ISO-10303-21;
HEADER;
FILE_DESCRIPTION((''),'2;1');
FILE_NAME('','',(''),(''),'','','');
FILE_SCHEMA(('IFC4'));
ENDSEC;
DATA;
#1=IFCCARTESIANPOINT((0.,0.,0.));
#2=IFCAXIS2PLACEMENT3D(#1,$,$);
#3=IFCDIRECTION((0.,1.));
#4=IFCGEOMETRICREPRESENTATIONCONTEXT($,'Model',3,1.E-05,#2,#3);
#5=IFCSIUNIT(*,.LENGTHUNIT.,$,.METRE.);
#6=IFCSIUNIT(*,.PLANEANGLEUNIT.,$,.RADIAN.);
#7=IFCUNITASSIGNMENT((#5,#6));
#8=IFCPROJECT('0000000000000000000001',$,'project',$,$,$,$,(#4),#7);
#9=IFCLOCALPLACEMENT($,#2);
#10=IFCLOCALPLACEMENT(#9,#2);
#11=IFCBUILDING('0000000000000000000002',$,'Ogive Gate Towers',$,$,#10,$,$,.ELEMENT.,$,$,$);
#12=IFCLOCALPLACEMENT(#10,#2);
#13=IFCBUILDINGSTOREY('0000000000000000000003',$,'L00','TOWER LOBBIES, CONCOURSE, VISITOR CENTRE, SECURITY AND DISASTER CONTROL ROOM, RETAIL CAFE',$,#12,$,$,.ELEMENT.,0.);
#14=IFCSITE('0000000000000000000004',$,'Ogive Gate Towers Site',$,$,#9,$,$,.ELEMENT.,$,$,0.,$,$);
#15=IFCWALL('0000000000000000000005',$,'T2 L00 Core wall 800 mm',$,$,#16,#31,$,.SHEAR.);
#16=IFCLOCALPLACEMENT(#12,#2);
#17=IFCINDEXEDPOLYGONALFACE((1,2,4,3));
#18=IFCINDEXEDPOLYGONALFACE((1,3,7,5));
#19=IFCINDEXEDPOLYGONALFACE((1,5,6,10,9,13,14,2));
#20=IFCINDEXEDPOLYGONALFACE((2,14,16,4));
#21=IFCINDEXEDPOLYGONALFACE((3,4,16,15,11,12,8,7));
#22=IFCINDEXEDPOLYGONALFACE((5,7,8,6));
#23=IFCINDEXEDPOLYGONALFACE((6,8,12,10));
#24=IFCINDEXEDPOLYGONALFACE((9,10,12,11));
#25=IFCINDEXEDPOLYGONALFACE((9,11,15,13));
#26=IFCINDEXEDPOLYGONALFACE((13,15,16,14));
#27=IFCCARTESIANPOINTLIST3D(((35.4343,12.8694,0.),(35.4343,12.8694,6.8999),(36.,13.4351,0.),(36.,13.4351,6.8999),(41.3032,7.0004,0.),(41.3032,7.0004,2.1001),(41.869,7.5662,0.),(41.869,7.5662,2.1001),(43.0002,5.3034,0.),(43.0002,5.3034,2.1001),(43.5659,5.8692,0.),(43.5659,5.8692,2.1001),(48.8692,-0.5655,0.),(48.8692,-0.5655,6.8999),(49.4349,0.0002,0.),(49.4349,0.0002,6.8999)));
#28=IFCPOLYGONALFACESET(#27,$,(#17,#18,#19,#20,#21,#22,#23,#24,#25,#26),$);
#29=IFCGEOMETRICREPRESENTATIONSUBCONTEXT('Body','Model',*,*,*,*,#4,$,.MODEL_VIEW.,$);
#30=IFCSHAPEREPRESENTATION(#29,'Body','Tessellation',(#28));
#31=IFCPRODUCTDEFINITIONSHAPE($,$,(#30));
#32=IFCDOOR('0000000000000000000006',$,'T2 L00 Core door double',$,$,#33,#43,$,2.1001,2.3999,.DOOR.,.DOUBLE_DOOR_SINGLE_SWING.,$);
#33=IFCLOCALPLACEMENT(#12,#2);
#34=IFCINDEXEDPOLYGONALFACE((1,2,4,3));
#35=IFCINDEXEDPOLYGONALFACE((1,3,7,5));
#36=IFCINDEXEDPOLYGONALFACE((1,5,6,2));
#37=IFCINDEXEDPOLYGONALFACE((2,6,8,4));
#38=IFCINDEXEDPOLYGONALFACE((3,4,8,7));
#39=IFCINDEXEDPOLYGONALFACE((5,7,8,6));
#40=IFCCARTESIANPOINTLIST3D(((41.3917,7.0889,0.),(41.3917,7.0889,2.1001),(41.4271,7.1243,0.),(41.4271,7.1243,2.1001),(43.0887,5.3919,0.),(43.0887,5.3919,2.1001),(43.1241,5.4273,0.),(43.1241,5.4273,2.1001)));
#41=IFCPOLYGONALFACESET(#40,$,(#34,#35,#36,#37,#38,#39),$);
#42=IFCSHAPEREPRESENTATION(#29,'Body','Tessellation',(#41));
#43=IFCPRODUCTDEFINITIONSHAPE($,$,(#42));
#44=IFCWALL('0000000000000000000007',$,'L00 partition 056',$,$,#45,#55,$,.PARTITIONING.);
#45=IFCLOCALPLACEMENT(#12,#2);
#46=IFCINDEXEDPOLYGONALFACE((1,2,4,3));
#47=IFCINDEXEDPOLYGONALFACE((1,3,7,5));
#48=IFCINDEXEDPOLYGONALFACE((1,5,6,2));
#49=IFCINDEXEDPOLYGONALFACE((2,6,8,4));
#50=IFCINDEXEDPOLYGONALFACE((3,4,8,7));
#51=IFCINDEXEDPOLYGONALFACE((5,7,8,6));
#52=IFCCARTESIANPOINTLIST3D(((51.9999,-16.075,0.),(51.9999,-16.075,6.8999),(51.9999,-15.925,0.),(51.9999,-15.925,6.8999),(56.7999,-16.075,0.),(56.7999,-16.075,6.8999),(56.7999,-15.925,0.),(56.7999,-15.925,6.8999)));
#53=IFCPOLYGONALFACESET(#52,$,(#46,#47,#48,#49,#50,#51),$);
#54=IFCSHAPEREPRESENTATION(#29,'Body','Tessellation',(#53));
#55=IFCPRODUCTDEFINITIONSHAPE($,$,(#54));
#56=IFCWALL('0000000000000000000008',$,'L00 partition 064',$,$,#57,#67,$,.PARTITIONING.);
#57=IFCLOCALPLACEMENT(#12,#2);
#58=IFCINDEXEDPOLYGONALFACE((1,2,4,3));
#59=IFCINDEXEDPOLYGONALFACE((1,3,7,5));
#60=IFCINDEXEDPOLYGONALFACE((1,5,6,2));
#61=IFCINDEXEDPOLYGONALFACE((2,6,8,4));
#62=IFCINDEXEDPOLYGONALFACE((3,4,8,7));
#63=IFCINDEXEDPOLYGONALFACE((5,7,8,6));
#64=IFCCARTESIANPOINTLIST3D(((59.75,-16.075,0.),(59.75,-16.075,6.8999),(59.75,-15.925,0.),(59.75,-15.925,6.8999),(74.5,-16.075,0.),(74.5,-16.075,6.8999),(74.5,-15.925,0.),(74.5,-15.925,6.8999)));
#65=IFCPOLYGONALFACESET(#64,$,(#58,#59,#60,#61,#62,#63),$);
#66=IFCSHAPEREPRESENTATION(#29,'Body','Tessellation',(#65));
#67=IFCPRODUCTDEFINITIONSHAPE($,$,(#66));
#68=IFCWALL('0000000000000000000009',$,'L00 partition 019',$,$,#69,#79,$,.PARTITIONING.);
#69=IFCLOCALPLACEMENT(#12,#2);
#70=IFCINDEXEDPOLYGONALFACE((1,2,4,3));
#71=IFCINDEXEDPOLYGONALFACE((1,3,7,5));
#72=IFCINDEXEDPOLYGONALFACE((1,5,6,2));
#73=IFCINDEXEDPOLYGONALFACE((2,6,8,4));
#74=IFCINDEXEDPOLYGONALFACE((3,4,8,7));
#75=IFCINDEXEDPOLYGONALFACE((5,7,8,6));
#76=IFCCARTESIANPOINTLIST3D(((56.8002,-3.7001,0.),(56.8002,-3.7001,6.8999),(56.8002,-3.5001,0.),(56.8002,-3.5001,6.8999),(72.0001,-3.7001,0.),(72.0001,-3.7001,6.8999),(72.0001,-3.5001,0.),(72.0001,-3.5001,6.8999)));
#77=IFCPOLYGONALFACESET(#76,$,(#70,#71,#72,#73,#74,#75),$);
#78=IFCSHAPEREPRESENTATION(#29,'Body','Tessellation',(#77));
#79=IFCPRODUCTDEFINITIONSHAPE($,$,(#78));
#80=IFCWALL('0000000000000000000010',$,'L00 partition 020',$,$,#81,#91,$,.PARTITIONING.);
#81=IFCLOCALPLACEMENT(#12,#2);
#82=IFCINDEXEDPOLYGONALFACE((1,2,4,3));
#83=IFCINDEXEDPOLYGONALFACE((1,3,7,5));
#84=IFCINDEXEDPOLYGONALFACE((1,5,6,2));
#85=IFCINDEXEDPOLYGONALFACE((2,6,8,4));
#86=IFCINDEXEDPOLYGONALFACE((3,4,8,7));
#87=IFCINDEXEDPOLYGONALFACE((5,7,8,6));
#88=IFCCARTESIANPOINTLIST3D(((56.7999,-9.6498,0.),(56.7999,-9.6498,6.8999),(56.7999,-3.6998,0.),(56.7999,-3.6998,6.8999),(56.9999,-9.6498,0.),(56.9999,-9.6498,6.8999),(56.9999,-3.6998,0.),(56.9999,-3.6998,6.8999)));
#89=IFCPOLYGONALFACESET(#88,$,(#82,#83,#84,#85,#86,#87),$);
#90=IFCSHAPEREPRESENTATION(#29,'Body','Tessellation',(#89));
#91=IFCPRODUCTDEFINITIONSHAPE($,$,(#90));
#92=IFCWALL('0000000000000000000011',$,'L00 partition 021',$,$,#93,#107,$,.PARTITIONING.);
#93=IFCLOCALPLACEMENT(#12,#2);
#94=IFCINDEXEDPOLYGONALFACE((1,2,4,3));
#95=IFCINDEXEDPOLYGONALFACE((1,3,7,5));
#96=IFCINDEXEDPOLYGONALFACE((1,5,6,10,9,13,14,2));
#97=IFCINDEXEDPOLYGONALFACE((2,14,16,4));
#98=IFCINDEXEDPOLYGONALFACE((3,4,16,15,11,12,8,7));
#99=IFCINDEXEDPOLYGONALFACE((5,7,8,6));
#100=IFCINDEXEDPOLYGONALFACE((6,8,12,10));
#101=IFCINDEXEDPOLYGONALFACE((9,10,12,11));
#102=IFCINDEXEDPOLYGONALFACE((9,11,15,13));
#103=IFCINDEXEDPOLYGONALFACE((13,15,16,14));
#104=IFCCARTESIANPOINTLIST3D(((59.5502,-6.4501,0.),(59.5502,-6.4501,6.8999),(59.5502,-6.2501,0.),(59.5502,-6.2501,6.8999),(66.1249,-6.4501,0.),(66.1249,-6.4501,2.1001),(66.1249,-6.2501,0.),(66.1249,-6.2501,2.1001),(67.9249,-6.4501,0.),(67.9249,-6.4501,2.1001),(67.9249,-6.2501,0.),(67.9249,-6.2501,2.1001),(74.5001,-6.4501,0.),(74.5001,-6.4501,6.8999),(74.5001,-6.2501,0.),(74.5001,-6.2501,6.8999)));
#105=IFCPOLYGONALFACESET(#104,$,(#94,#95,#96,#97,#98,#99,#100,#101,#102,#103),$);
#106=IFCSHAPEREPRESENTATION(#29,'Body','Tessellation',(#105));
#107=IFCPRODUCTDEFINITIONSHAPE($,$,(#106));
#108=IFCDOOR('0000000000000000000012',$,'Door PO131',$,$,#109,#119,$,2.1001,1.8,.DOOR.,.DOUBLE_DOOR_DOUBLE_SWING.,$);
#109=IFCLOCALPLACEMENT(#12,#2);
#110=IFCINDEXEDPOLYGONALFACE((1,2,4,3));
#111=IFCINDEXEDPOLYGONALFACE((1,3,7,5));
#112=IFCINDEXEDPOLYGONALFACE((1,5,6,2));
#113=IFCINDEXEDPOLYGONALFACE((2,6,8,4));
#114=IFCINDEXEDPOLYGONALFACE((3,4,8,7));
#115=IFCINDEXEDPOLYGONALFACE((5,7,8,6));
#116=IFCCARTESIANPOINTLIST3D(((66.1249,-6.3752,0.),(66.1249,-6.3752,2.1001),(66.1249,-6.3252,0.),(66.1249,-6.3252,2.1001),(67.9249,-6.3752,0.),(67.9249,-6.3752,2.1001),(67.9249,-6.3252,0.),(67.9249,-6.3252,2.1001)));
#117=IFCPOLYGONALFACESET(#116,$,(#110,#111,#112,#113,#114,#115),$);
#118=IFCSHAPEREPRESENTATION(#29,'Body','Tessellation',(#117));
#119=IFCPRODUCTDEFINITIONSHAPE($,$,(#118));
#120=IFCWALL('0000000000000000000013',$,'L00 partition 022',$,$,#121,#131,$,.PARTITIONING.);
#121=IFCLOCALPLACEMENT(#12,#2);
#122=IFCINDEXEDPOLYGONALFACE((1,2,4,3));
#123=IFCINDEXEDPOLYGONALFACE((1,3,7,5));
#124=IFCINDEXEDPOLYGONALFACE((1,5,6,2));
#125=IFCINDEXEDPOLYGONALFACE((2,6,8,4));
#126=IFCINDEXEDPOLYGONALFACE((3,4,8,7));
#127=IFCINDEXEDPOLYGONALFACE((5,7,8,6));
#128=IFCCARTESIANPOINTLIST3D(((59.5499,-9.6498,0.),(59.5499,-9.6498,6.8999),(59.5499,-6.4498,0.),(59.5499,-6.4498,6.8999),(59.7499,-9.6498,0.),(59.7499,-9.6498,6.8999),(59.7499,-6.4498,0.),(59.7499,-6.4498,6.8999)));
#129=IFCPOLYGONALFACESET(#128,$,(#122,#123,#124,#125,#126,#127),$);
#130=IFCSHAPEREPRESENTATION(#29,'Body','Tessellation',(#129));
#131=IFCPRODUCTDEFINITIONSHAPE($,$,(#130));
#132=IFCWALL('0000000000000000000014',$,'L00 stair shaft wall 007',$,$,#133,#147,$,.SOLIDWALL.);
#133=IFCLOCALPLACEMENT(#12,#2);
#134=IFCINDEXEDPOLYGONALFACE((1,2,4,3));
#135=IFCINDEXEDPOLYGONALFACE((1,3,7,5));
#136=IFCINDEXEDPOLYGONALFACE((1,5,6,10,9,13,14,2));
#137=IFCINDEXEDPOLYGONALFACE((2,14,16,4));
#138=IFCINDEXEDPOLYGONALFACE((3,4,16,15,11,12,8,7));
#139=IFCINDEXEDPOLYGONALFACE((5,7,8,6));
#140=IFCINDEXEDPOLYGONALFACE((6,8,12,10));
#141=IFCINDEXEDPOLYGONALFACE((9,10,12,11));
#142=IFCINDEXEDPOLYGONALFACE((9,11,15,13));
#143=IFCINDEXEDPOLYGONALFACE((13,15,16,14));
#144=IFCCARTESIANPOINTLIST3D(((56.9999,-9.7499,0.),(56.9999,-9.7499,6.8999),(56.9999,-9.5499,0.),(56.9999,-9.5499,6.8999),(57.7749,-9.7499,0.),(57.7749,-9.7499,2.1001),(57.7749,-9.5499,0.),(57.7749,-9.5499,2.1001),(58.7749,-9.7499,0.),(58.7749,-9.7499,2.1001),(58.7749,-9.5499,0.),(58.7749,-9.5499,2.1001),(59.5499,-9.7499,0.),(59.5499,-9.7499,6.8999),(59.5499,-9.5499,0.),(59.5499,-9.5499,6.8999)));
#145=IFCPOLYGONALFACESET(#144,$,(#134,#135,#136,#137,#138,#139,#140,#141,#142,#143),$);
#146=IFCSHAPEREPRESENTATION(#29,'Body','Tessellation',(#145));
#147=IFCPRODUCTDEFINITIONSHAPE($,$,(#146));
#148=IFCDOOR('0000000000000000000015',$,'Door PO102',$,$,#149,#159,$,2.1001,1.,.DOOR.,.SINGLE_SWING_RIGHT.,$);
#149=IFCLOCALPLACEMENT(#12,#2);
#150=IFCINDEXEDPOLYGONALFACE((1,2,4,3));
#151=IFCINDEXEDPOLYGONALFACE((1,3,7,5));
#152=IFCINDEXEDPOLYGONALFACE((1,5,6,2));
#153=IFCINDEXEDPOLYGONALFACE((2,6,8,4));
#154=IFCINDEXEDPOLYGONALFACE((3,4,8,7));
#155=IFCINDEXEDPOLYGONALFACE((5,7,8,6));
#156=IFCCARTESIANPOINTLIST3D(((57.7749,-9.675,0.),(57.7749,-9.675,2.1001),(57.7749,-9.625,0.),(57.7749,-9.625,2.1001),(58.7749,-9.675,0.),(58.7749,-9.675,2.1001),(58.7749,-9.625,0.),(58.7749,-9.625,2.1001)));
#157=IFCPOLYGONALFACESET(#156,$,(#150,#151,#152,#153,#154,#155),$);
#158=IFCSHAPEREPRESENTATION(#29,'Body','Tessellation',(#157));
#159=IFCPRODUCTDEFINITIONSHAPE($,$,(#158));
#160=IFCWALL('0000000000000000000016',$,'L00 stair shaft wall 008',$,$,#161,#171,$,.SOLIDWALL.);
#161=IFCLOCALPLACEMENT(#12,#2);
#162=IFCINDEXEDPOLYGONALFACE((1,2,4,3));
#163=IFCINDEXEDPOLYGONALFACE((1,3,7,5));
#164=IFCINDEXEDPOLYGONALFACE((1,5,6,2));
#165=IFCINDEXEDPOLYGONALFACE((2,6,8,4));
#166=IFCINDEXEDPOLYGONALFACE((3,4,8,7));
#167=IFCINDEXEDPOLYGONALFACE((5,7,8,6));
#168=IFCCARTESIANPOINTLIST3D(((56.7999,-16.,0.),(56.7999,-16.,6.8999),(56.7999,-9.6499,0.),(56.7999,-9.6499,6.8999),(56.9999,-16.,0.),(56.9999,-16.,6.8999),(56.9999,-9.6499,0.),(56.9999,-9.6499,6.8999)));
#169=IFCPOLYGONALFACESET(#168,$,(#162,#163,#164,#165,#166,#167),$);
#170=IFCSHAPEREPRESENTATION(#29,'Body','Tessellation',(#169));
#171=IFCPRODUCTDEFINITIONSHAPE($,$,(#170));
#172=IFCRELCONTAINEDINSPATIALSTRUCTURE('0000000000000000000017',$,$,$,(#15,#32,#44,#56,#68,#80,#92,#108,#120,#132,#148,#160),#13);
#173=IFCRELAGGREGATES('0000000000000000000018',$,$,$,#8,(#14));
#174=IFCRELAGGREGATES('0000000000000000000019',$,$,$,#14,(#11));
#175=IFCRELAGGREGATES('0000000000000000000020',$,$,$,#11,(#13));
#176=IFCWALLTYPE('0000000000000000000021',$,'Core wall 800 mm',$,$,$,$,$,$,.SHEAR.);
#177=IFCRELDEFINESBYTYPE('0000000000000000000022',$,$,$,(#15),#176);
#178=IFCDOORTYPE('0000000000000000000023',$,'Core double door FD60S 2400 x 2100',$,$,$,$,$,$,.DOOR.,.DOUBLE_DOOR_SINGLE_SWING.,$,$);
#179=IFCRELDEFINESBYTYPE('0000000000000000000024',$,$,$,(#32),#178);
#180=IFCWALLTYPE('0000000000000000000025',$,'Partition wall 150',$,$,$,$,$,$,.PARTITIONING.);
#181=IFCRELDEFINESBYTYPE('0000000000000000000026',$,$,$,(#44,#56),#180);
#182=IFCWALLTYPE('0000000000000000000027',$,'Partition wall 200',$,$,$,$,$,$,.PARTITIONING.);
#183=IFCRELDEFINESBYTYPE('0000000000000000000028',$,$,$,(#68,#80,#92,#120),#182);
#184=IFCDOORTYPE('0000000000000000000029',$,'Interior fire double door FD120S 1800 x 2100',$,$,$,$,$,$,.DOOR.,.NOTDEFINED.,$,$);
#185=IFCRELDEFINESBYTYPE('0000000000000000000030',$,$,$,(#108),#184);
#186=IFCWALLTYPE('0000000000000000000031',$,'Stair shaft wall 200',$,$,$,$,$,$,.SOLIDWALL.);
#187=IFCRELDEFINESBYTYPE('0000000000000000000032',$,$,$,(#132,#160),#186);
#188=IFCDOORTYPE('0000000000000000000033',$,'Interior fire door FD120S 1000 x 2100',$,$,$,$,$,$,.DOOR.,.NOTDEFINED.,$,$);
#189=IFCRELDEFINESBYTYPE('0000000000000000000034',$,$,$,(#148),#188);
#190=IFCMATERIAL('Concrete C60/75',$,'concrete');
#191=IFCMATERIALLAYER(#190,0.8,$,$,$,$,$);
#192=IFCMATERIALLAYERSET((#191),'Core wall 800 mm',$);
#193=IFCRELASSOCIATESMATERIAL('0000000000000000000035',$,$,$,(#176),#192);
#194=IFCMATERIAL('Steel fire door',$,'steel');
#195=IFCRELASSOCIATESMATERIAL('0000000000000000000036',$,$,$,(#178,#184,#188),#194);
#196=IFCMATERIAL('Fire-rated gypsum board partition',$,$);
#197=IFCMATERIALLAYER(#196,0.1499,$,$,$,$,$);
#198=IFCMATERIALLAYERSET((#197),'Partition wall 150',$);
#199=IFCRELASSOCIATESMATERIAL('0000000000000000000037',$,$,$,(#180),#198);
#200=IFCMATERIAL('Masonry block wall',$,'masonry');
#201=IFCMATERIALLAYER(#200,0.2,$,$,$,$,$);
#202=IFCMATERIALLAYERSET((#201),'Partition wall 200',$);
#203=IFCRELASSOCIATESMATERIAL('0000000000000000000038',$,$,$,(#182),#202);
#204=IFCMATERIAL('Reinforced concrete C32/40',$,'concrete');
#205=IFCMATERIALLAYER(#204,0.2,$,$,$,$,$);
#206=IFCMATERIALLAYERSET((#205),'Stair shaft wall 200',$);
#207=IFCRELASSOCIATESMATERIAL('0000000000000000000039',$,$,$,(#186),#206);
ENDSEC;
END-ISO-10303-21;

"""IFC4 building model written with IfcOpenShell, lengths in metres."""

from ifc_helpers import new_model, si_unit, direction, frame, frame_2d, origin, place, context, subcontext, project, spatial, rectangle, extrude, material, layer, layer_set, type_object, element, fill, save


model = new_model("IFC4")

# Units and contexts
model_context = context("Model", 3, precision=1e-05, world=origin(), true_north=direction((0.0, 1.0)))
body_context = subcontext(model_context, "Body", "Model", "MODEL_VIEW")
ifc_project = project(units=[si_unit("LENGTHUNIT", "METRE"), si_unit("PLANEANGLEUNIT", "RADIAN")], contexts=[model_context])

# Site, building, storey
site_placement = place(None, origin())
site = spatial("IfcSite", under=ifc_project, at=site_placement, Name="Ogive Gate Towers Site", CompositionType="ELEMENT", RefElevation=0.0)
building_placement = place(site_placement, origin())
building = spatial("IfcBuilding", under=site, at=building_placement, Name="Ogive Gate Towers", CompositionType="ELEMENT")
storey_placement = place(building_placement, origin())
storey = spatial("IfcBuildingStorey", under=building, at=storey_placement, Name="L00", Description="TOWER LOBBIES, CONCOURSE, VISITOR CENTRE, SECURITY AND DISASTER CONTROL ROOM, RETAIL CAFE", CompositionType="ELEMENT", Elevation=0.0)

# Wall, opening, door
ifc_material_1 = material(Name="Concrete C60/75", Category="concrete")
ifc_layer_1 = layer(ifc_material_1, 0.8)
ifc_layer_set_1 = layer_set([ifc_layer_1], Name="Core wall 800 mm")
wall_type_1 = type_object("IfcWallType", Name="Core wall 800 mm", PredefinedType="SHEAR", material=ifc_layer_set_1)
wall_1_placement = place(storey_placement, frame((49.1521, -0.2827, 0.0), z_axis=(0.0, 0.0, 1.0), x_axis=(-0.707107, 0.707107, 0.0)))
wall_1 = element("IfcWall", 1, at=wall_1_placement, inside=storey, type_object=wall_type_1, Name="T2 L00 Core wall 800 mm", PredefinedType="SHEAR", context=body_context, shape_type="SweptSolid", body=[
    extrude(rectangle(XDim=18.9998, YDim=0.8, at=frame_2d((9.5, 0.0))), origin(), (0.0, 0.0, 1.0), 6.8999),
])
opening_1_placement = place(wall_1_placement, frame((8.3, 0.0, 0.0)))
opening_1 = element("IfcOpeningElement", 2, at=opening_1_placement, cuts=wall_1, PredefinedType="OPENING", context=body_context, shape_type="SweptSolid", body=[
    extrude(rectangle(XDim=2.3999, YDim=2.1001, at=frame_2d((1.2, 1.05))), frame((0.0, 0.4102, 0.0), z_axis=(0.0, -1.0, 0.0), x_axis=(1.0, 0.0, 0.0)), (0.0, 0.0, 1.0), 0.8201),
])
ifc_material_2 = material(Name="Steel fire door", Category="steel")
door_type_1 = type_object("IfcDoorType", Name="Core double door FD60S 2400 x 2100", OperationType="DOUBLE_DOOR_SINGLE_SWING", PredefinedType="DOOR", material=ifc_material_2)
door_1_placement = place(opening_1_placement, origin())
door_1 = element("IfcDoor", 3, at=door_1_placement, inside=storey, type_object=door_type_1, Name="T2 L00 Core door double", OperationType="DOUBLE_DOOR_SINGLE_SWING", OverallHeight=2.1001, OverallWidth=2.3999, PredefinedType="DOOR", context=body_context, shape_type="SweptSolid", body=[
    extrude(rectangle(XDim=2.3999, YDim=2.1001, at=frame_2d((1.2, 1.05))), frame((0.0, 0.2749, 0.0), z_axis=(0.0, -1.0, 0.0), x_axis=(1.0, 0.0, 0.0)), (0.0, 0.0, 1.0), 0.05),
])
fill(opening_1, door_1)

# Walls
ifc_material_3 = material(Name="Fire-rated gypsum board partition")
ifc_layer_2 = layer(ifc_material_3, 0.1499)
ifc_layer_set_2 = layer_set([ifc_layer_2], Name="Partition wall 150")
wall_type_2 = type_object("IfcWallType", Name="Partition wall 150", PredefinedType="PARTITIONING", material=ifc_layer_set_2)
wall_2_placement = place(storey_placement, frame((52.0, -16.0, 0.0), z_axis=(0.0, 0.0, 1.0), x_axis=(1.0, 0.0, 0.0)))
element("IfcWall", 4, at=wall_2_placement, inside=storey, type_object=wall_type_2, Name="L00 partition 056", PredefinedType="PARTITIONING", context=body_context, shape_type="SweptSolid", body=[
    extrude(rectangle(XDim=4.8, YDim=0.1499, at=frame_2d((2.3999, 0.0))), origin(), (0.0, 0.0, 1.0), 6.8999),
])
wall_3_placement = place(storey_placement, frame((59.75, -16.0, 0.0), z_axis=(0.0, 0.0, 1.0), x_axis=(1.0, 0.0, 0.0)))
element("IfcWall", 5, at=wall_3_placement, inside=storey, type_object=wall_type_2, Name="L00 partition 064", PredefinedType="PARTITIONING", context=body_context, shape_type="SweptSolid", body=[
    extrude(rectangle(XDim=14.75, YDim=0.1499, at=frame_2d((7.375, 0.0))), origin(), (0.0, 0.0, 1.0), 6.8999),
])
ifc_material_4 = material(Name="Masonry block wall", Category="masonry")
ifc_layer_3 = layer(ifc_material_4, 0.2)
ifc_layer_set_3 = layer_set([ifc_layer_3], Name="Partition wall 200")
wall_type_3 = type_object("IfcWallType", Name="Partition wall 200", PredefinedType="PARTITIONING", material=ifc_layer_set_3)
wall_4_placement = place(storey_placement, frame((56.8, -3.6001, 0.0), z_axis=(0.0, 0.0, 1.0), x_axis=(1.0, 0.0, 0.0)))
element("IfcWall", 6, at=wall_4_placement, inside=storey, type_object=wall_type_3, Name="L00 partition 019", PredefinedType="PARTITIONING", context=body_context, shape_type="SweptSolid", body=[
    extrude(rectangle(XDim=15.2, YDim=0.2, at=frame_2d((7.6001, 0.0))), origin(), (0.0, 0.0, 1.0), 6.8999),
])
wall_5_placement = place(storey_placement, frame((56.8999, -9.6499, 0.0), z_axis=(0.0, 0.0, 1.0), x_axis=(0.0, 1.0, 0.0)))
element("IfcWall", 7, at=wall_5_placement, inside=storey, type_object=wall_type_3, Name="L00 partition 020", PredefinedType="PARTITIONING", context=body_context, shape_type="SweptSolid", body=[
    extrude(rectangle(XDim=5.95, YDim=0.2, at=frame_2d((2.9751, 0.0))), origin(), (0.0, 0.0, 1.0), 6.8999),
])

# Wall, opening, door
wall_6_placement = place(storey_placement, frame((59.55, -6.3501, 0.0), z_axis=(0.0, 0.0, 1.0), x_axis=(1.0, 0.0, 0.0)))
wall_6 = element("IfcWall", 8, at=wall_6_placement, inside=storey, type_object=wall_type_3, Name="L00 partition 021", PredefinedType="PARTITIONING", context=body_context, shape_type="SweptSolid", body=[
    extrude(rectangle(XDim=14.95, YDim=0.2, at=frame_2d((7.4751, 0.0))), origin(), (0.0, 0.0, 1.0), 6.8999),
])
opening_2_placement = place(wall_6_placement, frame((6.575, 0.0, 0.0)))
opening_2 = element("IfcOpeningElement", 9, at=opening_2_placement, cuts=wall_6, PredefinedType="OPENING", context=body_context, shape_type="SweptSolid", body=[
    extrude(rectangle(XDim=1.8, YDim=2.1001, at=frame_2d((0.8999, 1.05))), frame((0.0, 0.1099, 0.0), z_axis=(0.0, -1.0, 0.0), x_axis=(1.0, 0.0, 0.0)), (0.0, 0.0, 1.0), 0.22),
])
door_type_2 = type_object("IfcDoorType", Name="Interior fire double door FD120S 1800 x 2100", OperationType="NOTDEFINED", PredefinedType="DOOR", material=ifc_material_2)
door_2_placement = place(opening_2_placement, origin())
door_2 = element("IfcDoor", 10, at=door_2_placement, inside=storey, type_object=door_type_2, Name="Door PO131", OperationType="DOUBLE_DOOR_DOUBLE_SWING", OverallHeight=2.1001, OverallWidth=1.8, PredefinedType="DOOR", context=body_context, shape_type="SweptSolid", body=[
    extrude(rectangle(XDim=1.8, YDim=2.1001, at=frame_2d((0.8999, 1.05))), frame((0.0, 0.0249, 0.0), z_axis=(0.0, -1.0, 0.0), x_axis=(1.0, 0.0, 0.0)), (0.0, 0.0, 1.0), 0.05),
])
fill(opening_2, door_2)

# Wall
wall_7_placement = place(storey_placement, frame((59.6499, -9.6499, 0.0), z_axis=(0.0, 0.0, 1.0), x_axis=(0.0, 1.0, 0.0)))
element("IfcWall", 11, at=wall_7_placement, inside=storey, type_object=wall_type_3, Name="L00 partition 022", PredefinedType="PARTITIONING", context=body_context, shape_type="SweptSolid", body=[
    extrude(rectangle(XDim=3.2, YDim=0.2, at=frame_2d((1.6001, 0.0))), origin(), (0.0, 0.0, 1.0), 6.8999),
])

# Wall, opening, door
ifc_material_5 = material(Name="Reinforced concrete C32/40", Category="concrete")
ifc_layer_4 = layer(ifc_material_5, 0.2)
ifc_layer_set_4 = layer_set([ifc_layer_4], Name="Stair shaft wall 200")
wall_type_4 = type_object("IfcWallType", Name="Stair shaft wall 200", PredefinedType="SOLIDWALL", material=ifc_layer_set_4)
wall_8_placement = place(storey_placement, frame((57.0, -9.6499, 0.0), z_axis=(0.0, 0.0, 1.0), x_axis=(1.0, 0.0, 0.0)))
wall_8 = element("IfcWall", 12, at=wall_8_placement, inside=storey, type_object=wall_type_4, Name="L00 stair shaft wall 007", PredefinedType="SOLIDWALL", context=body_context, shape_type="SweptSolid", body=[
    extrude(rectangle(XDim=2.55, YDim=0.2, at=frame_2d((1.2749, 0.0))), origin(), (0.0, 0.0, 1.0), 6.8999),
])
opening_3_placement = place(wall_8_placement, frame((0.7749, 0.0, 0.0)))
opening_3 = element("IfcOpeningElement", 13, at=opening_3_placement, cuts=wall_8, PredefinedType="OPENING", context=body_context, shape_type="SweptSolid", body=[
    extrude(rectangle(XDim=1.0, YDim=2.1001, at=frame_2d((0.5, 1.05))), frame((0.0, 0.1099, 0.0), z_axis=(0.0, -1.0, 0.0), x_axis=(1.0, 0.0, 0.0)), (0.0, 0.0, 1.0), 0.22),
])
door_type_3 = type_object("IfcDoorType", Name="Interior fire door FD120S 1000 x 2100", OperationType="NOTDEFINED", PredefinedType="DOOR", material=ifc_material_2)
door_3_placement = place(opening_3_placement, origin())
door_3 = element("IfcDoor", 14, at=door_3_placement, inside=storey, type_object=door_type_3, Name="Door PO102", OperationType="SINGLE_SWING_RIGHT", OverallHeight=2.1001, OverallWidth=1.0, PredefinedType="DOOR", context=body_context, shape_type="SweptSolid", body=[
    extrude(rectangle(XDim=1.0, YDim=2.1001, at=frame_2d((0.5, 1.05))), frame((0.0, 0.0249, 0.0), z_axis=(0.0, -1.0, 0.0), x_axis=(1.0, 0.0, 0.0)), (0.0, 0.0, 1.0), 0.05),
])
fill(opening_3, door_3)

# Wall
wall_9_placement = place(storey_placement, frame((56.8999, -16.0, 0.0), z_axis=(0.0, 0.0, 1.0), x_axis=(0.0, 1.0, 0.0)))
element("IfcWall", 15, at=wall_9_placement, inside=storey, type_object=wall_type_4, Name="L00 stair shaft wall 008", PredefinedType="SOLIDWALL", context=body_context, shape_type="SweptSolid", body=[
    extrude(rectangle(XDim=6.3501, YDim=0.2, at=frame_2d((3.175, 0.0))), origin(), (0.0, 0.0, 1.0), 6.8999),
])

save(model, "model.ifc")
